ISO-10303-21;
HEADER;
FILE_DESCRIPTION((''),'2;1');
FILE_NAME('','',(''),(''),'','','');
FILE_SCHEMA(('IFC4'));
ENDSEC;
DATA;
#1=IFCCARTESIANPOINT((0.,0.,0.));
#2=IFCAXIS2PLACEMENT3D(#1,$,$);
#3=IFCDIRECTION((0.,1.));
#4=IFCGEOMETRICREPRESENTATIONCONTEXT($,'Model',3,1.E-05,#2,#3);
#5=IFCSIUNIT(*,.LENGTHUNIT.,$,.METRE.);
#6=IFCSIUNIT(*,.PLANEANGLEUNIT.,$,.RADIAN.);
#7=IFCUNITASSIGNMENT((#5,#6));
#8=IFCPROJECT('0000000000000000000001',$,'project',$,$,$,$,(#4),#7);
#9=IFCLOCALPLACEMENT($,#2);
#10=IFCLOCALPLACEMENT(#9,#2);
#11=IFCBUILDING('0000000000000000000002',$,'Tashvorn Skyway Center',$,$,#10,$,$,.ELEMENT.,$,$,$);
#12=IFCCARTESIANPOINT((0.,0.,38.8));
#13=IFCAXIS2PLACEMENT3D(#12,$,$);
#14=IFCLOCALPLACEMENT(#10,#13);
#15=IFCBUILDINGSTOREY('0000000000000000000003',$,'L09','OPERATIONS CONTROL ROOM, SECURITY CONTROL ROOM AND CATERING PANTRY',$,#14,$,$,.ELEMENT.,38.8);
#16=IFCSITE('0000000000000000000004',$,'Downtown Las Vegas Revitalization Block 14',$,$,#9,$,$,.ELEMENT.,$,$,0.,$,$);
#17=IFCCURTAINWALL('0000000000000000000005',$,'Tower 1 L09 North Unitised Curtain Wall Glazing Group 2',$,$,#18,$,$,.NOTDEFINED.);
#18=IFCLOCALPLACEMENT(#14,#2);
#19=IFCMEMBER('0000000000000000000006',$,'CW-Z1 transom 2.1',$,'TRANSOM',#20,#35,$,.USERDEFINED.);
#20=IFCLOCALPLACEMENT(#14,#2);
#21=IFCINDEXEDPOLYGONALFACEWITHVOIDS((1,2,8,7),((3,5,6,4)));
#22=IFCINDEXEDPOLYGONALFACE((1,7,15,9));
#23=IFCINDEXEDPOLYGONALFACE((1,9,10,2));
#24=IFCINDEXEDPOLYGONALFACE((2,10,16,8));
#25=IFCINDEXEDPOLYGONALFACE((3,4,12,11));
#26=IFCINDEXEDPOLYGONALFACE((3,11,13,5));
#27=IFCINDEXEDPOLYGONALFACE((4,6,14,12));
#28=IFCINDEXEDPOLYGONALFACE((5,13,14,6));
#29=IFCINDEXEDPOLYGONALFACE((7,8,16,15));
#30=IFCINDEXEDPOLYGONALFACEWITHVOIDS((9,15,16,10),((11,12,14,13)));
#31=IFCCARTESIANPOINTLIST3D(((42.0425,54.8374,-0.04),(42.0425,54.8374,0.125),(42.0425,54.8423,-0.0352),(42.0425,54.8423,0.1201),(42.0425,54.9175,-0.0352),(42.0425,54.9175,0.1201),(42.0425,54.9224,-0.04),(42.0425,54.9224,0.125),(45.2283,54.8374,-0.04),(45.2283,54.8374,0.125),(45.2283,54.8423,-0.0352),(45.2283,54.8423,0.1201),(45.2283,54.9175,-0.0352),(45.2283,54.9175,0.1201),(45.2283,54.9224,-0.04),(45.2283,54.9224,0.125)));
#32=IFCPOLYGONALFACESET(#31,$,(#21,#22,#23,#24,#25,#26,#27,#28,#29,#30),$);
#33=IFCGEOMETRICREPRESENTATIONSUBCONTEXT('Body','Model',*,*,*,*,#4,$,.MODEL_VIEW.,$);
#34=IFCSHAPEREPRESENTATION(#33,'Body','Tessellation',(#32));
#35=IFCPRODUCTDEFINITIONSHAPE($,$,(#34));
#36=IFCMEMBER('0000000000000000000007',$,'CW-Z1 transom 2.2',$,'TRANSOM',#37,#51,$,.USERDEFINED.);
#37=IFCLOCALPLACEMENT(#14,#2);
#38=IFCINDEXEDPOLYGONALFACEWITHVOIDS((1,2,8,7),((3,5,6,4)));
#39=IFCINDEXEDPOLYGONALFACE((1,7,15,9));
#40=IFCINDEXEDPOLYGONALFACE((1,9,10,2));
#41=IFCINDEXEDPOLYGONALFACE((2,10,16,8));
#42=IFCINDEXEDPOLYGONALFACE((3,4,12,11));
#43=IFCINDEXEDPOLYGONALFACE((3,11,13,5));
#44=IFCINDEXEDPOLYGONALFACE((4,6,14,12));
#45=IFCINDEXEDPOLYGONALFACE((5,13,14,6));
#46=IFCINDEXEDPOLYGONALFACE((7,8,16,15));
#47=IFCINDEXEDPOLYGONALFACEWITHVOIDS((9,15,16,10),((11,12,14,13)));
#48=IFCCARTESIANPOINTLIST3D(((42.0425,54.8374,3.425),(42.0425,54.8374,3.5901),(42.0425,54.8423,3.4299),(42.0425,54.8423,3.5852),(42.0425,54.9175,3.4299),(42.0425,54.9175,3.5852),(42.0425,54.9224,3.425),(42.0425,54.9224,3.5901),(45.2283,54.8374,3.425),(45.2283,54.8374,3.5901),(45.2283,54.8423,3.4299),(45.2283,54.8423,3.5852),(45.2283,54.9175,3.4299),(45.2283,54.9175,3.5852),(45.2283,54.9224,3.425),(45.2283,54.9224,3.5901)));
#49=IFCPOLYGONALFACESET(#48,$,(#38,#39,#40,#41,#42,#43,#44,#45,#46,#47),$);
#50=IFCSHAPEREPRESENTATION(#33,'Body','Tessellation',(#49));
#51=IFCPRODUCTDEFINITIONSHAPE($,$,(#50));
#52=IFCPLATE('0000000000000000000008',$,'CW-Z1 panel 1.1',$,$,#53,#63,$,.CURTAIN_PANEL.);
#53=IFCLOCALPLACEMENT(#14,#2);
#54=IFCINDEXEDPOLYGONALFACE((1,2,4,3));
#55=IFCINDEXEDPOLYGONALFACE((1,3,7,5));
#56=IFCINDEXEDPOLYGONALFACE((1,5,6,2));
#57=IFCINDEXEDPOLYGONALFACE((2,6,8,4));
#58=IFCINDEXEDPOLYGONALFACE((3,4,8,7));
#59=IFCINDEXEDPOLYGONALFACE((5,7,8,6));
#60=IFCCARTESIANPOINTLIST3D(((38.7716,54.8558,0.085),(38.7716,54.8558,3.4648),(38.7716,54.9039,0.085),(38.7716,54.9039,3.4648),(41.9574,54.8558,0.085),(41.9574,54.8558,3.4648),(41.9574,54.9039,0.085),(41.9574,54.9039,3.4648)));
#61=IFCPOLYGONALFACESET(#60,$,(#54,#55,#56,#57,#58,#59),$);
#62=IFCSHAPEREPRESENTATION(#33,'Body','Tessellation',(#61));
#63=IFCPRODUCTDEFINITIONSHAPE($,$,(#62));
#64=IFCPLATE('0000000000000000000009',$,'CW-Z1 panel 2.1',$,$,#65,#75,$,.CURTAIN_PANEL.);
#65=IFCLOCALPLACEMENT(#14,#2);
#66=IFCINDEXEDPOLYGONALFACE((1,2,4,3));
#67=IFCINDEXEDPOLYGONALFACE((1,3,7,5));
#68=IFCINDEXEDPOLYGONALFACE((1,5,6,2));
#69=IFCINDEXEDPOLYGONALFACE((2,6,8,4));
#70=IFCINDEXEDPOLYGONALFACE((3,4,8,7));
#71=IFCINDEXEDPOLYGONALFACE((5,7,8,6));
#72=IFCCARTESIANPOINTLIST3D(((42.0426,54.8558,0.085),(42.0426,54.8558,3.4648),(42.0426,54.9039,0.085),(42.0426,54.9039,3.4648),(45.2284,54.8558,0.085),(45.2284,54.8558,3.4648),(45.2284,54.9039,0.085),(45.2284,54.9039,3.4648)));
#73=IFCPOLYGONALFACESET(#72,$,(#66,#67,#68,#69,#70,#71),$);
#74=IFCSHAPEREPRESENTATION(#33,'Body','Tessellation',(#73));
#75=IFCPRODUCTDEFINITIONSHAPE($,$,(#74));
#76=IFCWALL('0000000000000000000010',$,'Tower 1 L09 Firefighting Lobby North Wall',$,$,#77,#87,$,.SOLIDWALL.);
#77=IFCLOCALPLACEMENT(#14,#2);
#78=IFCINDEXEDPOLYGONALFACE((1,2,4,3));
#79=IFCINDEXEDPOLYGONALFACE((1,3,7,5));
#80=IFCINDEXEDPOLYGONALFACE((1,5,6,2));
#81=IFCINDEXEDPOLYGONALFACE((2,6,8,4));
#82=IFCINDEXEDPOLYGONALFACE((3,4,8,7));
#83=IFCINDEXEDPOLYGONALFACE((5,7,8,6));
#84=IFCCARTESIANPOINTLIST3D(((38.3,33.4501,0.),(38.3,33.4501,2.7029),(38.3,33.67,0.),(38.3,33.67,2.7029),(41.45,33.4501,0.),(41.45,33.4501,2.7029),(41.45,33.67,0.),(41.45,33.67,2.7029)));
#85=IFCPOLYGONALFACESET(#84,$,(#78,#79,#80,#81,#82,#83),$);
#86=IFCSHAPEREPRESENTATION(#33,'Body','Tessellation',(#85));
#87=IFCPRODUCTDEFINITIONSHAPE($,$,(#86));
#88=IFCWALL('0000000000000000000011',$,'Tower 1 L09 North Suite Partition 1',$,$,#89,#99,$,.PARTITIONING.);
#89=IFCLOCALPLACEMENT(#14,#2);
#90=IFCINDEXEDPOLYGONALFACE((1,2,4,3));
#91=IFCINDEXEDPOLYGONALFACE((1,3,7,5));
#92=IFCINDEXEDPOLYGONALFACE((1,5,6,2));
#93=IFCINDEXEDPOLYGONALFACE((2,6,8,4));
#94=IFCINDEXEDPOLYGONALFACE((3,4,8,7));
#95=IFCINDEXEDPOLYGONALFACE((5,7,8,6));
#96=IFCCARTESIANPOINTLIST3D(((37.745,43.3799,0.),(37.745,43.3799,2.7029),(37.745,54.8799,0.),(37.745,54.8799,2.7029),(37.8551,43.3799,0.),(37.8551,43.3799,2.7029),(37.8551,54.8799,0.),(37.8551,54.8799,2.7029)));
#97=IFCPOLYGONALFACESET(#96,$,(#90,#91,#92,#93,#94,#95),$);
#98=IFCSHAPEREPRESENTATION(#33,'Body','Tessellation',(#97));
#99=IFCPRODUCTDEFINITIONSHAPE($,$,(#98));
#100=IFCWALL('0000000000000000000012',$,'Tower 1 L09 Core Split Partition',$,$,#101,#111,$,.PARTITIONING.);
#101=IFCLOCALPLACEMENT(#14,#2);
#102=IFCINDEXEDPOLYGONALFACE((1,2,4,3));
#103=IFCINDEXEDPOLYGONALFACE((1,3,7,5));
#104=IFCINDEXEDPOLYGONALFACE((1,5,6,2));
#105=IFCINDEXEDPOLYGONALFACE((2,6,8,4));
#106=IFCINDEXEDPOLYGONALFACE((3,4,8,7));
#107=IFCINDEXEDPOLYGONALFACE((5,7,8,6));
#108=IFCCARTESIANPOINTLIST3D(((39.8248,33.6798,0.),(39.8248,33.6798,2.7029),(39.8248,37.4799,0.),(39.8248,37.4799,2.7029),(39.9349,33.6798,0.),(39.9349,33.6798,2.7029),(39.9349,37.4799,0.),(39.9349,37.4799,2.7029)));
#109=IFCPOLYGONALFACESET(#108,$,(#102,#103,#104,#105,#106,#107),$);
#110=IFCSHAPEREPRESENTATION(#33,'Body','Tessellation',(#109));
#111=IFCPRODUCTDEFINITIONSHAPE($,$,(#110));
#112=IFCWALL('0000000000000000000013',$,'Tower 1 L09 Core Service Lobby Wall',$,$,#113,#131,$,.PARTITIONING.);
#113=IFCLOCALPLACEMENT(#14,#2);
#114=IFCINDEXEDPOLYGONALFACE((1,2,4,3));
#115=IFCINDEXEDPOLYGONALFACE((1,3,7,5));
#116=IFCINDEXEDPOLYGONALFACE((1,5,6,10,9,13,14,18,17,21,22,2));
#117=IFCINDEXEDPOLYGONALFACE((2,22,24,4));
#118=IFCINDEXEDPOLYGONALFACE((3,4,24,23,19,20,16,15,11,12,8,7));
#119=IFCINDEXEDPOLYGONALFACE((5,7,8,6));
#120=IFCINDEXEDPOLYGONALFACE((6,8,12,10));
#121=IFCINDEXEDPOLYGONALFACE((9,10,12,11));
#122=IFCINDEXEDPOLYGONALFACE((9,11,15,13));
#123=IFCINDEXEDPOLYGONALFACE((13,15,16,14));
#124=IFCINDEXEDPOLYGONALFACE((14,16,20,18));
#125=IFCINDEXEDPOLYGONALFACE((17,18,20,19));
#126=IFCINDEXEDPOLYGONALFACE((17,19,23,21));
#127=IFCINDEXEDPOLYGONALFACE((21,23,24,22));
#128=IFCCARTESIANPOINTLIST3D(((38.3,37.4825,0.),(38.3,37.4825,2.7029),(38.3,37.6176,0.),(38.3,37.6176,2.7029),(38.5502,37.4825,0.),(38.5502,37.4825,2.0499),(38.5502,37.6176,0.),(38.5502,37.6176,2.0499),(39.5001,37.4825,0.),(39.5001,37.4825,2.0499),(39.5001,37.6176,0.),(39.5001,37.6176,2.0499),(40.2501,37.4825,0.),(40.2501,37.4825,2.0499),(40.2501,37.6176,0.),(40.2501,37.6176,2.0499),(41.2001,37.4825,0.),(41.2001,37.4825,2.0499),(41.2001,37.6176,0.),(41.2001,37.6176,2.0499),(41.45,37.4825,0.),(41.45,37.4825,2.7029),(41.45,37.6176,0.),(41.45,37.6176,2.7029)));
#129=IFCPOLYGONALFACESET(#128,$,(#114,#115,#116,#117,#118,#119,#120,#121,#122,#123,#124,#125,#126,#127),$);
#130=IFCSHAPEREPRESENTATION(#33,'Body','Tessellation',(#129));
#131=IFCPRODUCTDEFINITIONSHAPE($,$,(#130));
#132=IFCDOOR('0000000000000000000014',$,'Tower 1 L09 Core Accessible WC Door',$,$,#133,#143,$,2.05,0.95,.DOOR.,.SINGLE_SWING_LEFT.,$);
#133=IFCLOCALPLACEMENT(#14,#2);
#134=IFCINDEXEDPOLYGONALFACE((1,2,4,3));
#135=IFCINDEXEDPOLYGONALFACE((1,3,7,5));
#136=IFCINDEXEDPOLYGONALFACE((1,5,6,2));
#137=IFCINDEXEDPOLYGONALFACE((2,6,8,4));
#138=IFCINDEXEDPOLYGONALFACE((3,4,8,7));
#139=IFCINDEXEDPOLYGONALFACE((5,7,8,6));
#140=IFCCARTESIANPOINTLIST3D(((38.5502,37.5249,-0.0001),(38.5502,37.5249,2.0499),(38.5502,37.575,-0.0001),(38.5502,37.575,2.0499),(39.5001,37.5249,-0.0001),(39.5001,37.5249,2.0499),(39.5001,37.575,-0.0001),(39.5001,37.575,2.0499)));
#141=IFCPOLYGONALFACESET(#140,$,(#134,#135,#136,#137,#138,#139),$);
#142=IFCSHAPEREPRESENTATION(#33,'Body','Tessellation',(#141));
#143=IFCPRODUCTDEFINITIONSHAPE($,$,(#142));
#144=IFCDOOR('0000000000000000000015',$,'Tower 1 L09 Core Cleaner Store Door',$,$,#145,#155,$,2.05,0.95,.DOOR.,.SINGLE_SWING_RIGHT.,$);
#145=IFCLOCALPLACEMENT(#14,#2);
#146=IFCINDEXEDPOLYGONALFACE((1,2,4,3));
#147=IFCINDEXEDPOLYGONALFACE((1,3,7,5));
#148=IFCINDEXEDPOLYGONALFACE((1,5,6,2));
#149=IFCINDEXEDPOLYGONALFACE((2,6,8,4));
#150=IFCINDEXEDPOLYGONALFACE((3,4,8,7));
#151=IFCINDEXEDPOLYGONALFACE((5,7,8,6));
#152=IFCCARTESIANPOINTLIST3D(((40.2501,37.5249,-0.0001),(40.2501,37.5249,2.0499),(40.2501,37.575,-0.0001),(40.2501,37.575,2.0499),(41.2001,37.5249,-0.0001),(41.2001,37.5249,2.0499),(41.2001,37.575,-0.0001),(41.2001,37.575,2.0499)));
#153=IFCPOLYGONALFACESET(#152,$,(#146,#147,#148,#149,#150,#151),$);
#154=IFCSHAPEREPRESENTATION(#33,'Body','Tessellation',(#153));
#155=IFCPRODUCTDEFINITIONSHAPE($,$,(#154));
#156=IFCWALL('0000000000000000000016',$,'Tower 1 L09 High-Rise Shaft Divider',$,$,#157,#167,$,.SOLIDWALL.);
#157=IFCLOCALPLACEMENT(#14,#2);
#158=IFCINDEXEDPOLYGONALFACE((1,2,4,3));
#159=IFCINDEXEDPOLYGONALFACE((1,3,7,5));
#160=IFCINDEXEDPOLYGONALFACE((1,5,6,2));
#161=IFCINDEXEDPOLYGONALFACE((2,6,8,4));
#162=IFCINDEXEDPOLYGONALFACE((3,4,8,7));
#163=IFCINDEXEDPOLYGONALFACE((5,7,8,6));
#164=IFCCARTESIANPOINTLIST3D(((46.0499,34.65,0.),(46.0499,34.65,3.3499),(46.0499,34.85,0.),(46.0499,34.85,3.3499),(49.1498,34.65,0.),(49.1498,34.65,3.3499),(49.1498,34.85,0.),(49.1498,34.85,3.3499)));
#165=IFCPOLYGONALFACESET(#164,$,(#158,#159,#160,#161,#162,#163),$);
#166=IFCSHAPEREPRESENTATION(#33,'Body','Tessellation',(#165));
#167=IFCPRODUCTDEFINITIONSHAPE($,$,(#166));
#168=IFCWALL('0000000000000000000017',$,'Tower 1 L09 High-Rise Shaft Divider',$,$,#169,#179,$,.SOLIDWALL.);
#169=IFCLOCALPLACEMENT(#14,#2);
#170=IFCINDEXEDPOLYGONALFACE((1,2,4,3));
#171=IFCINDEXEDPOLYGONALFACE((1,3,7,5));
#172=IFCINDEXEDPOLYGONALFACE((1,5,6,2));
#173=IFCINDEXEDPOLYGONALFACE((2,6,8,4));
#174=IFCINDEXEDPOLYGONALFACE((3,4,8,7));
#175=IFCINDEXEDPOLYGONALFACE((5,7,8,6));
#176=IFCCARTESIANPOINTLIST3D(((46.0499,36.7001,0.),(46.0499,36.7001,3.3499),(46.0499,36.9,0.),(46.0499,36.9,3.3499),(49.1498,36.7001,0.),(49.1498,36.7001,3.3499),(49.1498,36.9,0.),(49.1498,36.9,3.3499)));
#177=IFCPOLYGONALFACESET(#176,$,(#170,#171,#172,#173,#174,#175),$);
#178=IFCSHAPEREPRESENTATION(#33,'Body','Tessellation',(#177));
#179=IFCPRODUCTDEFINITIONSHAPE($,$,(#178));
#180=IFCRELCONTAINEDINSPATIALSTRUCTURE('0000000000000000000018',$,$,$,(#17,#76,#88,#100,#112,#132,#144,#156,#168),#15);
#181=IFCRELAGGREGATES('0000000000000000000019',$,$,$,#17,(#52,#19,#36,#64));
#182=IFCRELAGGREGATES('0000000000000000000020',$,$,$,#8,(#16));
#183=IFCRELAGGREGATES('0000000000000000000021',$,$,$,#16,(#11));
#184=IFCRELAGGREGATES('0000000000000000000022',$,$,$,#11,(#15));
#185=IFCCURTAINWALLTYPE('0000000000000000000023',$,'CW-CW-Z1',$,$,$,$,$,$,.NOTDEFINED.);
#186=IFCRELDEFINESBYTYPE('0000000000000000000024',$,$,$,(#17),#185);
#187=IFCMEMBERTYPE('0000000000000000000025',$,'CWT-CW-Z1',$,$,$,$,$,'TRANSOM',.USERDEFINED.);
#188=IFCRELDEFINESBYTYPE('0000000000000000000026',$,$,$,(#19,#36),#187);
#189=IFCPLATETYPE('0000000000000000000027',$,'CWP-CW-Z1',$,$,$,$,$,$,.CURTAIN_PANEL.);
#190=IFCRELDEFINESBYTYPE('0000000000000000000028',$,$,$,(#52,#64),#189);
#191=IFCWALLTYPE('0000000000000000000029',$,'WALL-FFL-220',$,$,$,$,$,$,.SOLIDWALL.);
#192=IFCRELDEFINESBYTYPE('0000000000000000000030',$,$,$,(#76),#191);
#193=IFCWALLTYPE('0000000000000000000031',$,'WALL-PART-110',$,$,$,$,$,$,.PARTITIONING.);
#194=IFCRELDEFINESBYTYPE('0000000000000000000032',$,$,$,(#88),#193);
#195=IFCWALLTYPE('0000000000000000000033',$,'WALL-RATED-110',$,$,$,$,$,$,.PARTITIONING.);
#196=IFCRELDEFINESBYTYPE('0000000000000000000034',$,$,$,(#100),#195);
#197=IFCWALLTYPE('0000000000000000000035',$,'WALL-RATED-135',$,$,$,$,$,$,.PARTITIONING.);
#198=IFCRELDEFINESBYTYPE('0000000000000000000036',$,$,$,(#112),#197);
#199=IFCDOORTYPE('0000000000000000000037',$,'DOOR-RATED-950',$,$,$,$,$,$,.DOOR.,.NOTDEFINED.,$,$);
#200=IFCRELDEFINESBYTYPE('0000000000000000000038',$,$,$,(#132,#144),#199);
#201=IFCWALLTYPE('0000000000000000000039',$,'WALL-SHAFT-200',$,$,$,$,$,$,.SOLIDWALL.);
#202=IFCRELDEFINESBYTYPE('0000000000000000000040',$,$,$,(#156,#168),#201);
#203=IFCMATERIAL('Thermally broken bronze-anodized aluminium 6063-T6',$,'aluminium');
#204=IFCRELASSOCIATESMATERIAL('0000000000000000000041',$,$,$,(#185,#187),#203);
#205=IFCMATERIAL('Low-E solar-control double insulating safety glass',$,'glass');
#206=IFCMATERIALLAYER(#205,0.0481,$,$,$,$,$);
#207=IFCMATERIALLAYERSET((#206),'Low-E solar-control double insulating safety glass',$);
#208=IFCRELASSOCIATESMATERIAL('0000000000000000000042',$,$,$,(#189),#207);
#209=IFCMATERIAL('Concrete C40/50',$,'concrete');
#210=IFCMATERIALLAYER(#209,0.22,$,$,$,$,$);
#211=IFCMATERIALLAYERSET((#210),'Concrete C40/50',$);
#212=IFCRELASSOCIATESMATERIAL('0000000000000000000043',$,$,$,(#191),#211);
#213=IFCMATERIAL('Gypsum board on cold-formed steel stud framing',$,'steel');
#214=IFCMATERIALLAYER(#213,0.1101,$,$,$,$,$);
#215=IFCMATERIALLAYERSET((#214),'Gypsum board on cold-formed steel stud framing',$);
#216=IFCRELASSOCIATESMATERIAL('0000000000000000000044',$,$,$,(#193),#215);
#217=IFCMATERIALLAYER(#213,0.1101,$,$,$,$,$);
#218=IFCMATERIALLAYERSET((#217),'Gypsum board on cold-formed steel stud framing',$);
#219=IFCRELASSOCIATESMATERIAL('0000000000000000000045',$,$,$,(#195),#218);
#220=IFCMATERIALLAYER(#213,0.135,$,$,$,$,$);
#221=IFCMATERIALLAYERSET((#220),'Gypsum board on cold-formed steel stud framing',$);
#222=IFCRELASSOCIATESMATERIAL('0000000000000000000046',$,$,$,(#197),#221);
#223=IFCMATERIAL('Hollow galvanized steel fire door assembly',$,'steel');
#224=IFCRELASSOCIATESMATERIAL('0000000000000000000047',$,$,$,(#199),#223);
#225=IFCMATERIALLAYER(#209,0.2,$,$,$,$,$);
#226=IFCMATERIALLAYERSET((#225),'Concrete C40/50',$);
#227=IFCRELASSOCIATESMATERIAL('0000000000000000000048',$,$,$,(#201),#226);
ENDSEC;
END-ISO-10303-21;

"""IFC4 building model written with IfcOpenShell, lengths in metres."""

from ifc_helpers import new_model, si_unit, direction, frame, frame_2d, origin, origin_2d, place, context, subcontext, project, spatial, rectangle, hollow_rectangle, extrude, material, layer, layer_set, material_profile, profile_set, type_object, element, fill, aggregate, save


model = new_model("IFC4")

# Units and contexts
model_context = context("Model", 3, precision=1e-05, world=origin(), true_north=direction((0.0, 1.0)))
body_context = subcontext(model_context, "Body", "Model", "MODEL_VIEW")
ifc_project = project(units=[si_unit("LENGTHUNIT", "METRE"), si_unit("PLANEANGLEUNIT", "RADIAN")], contexts=[model_context])

# Site, building, storey
site_placement = place(None, origin())
site = spatial("IfcSite", under=ifc_project, at=site_placement, Name="Downtown Las Vegas Revitalization Block 14", CompositionType="ELEMENT", RefElevation=0.0)
building_placement = place(site_placement, origin())
building = spatial("IfcBuilding", under=site, at=building_placement, Name="Tashvorn Skyway Center", CompositionType="ELEMENT")
storey_placement = place(building_placement, frame((0.0, 0.0, 38.8)))
storey = spatial("IfcBuildingStorey", under=building, at=storey_placement, Name="L09", Description="OPERATIONS CONTROL ROOM, SECURITY CONTROL ROOM AND CATERING PANTRY", CompositionType="ELEMENT", Elevation=38.8)

# Curtain wall, members, plates
ifc_material_1 = material(Name="Thermally broken bronze-anodized aluminium 6063-T6", Category="aluminium")
curtain_wall_type = type_object("IfcCurtainWallType", Name="CW-CW-Z1", PredefinedType="NOTDEFINED", material=ifc_material_1)
curtain_wall_placement = place(storey_placement, origin())
curtain_wall = element("IfcCurtainWall", 1, at=curtain_wall_placement, inside=storey, type_object=curtain_wall_type, Name="Tower 1 L09 North Unitised Curtain Wall Glazing Group 2", PredefinedType="NOTDEFINED")
ifc_material_profile_1 = material_profile(ifc_material_1, hollow_rectangle(XDim=0.085, YDim=0.165, WallThickness=0.0049, at=origin_2d()), Name="ALU-TRAN-85x165")
ifc_profile_set_1 = profile_set([ifc_material_profile_1], Name="Thermally broken bronze-anodized aluminium 6063-T6")
member_type_1 = type_object("IfcMemberType", Name="CWT-CW-Z1", ElementType="TRANSOM", PredefinedType="USERDEFINED", material=ifc_profile_set_1)
member_1_placement = place(storey_placement, frame((42.0425, 54.8799, 0.0425), z_axis=(1.0, 0.0, 0.0), x_axis=(0.0, 1.0, 0.0)))
member_1 = element("IfcMember", 2, at=member_1_placement, type_object=member_type_1, Name="CW-Z1 transom 2.1", ObjectType="TRANSOM", PredefinedType="USERDEFINED", context=body_context, shape_type="SweptSolid", body=[
    extrude(hollow_rectangle(XDim=0.085, YDim=0.165, WallThickness=0.0049, at=origin_2d()), origin(), (0.0, 0.0, 1.0), 3.1858),
])
member_2_placement = place(storey_placement, frame((42.0425, 54.8799, 3.5076), z_axis=(1.0, 0.0, 0.0), x_axis=(0.0, 1.0, 0.0)))
member_2 = element("IfcMember", 3, at=member_2_placement, type_object=member_type_1, Name="CW-Z1 transom 2.2", ObjectType="TRANSOM", PredefinedType="USERDEFINED", context=body_context, shape_type="SweptSolid", body=[
    extrude(hollow_rectangle(XDim=0.085, YDim=0.165, WallThickness=0.0049, at=origin_2d()), origin(), (0.0, 0.0, 1.0), 3.1858),
])
ifc_material_2 = material(Name="Low-E solar-control double insulating safety glass", Category="glass")
ifc_layer_1 = layer(ifc_material_2, 0.0481)
ifc_layer_set_1 = layer_set([ifc_layer_1], Name="Low-E solar-control double insulating safety glass")
plate_type = type_object("IfcPlateType", Name="CWP-CW-Z1", PredefinedType="CURTAIN_PANEL", material=ifc_layer_set_1)
plate_1_placement = place(storey_placement, frame((40.3645, 54.8799, 0.085), z_axis=(0.0, 0.0, 1.0), x_axis=(1.0, 0.0, 0.0)))
plate_1 = element("IfcPlate", 4, at=plate_1_placement, type_object=plate_type, Name="CW-Z1 panel 1.1", PredefinedType="CURTAIN_PANEL", context=body_context, shape_type="SweptSolid", body=[
    extrude(rectangle(XDim=3.1858, YDim=0.0481, at=origin_2d()), origin(), (0.0, 0.0, 1.0), 3.3799),
])
plate_2_placement = place(storey_placement, frame((43.6355, 54.8799, 0.085), z_axis=(0.0, 0.0, 1.0), x_axis=(1.0, 0.0, 0.0)))
plate_2 = element("IfcPlate", 5, at=plate_2_placement, type_object=plate_type, Name="CW-Z1 panel 2.1", PredefinedType="CURTAIN_PANEL", context=body_context, shape_type="SweptSolid", body=[
    extrude(rectangle(XDim=3.1858, YDim=0.0481, at=origin_2d()), origin(), (0.0, 0.0, 1.0), 3.3799),
])
aggregate(curtain_wall, [plate_1, member_1, member_2, plate_2])

# Walls
ifc_material_3 = material(Name="Concrete C40/50", Category="concrete")
ifc_layer_2 = layer(ifc_material_3, 0.22)
ifc_layer_set_2 = layer_set([ifc_layer_2], Name="Concrete C40/50")
wall_type_1 = type_object("IfcWallType", Name="WALL-FFL-220", PredefinedType="SOLIDWALL", material=ifc_layer_set_2)
wall_1_placement = place(storey_placement, frame((38.3, 33.5601, 0.0), z_axis=(0.0, 0.0, 1.0), x_axis=(1.0, 0.0, 0.0)))
element("IfcWall", 6, at=wall_1_placement, inside=storey, type_object=wall_type_1, Name="Tower 1 L09 Firefighting Lobby North Wall", PredefinedType="SOLIDWALL", context=body_context, shape_type="SweptSolid", body=[
    extrude(rectangle(XDim=3.1499, YDim=0.22, at=frame_2d((1.575, 0.0))), origin(), (0.0, 0.0, 1.0), 2.7029),
])
ifc_material_4 = material(Name="Gypsum board on cold-formed steel stud framing", Category="steel")
ifc_layer_3 = layer(ifc_material_4, 0.1101)
ifc_layer_set_3 = layer_set([ifc_layer_3], Name="Gypsum board on cold-formed steel stud framing")
wall_type_2 = type_object("IfcWallType", Name="WALL-PART-110", PredefinedType="PARTITIONING", material=ifc_layer_set_3)
wall_2_placement = place(storey_placement, frame((37.8, 43.3799, 0.0), z_axis=(0.0, 0.0, 1.0), x_axis=(0.0, 1.0, 0.0)))
element("IfcWall", 7, at=wall_2_placement, inside=storey, type_object=wall_type_2, Name="Tower 1 L09 North Suite Partition 1", PredefinedType="PARTITIONING", context=body_context, shape_type="SweptSolid", body=[
    extrude(rectangle(XDim=11.5, YDim=0.1101, at=frame_2d((5.75, 0.0))), origin(), (0.0, 0.0, 1.0), 2.7029),
])
ifc_layer_4 = layer(ifc_material_4, 0.1101)
ifc_layer_set_4 = layer_set([ifc_layer_4], Name="Gypsum board on cold-formed steel stud framing")
wall_type_3 = type_object("IfcWallType", Name="WALL-RATED-110", PredefinedType="PARTITIONING", material=ifc_layer_set_4)
wall_3_placement = place(storey_placement, frame((39.8799, 33.6799, 0.0), z_axis=(0.0, 0.0, 1.0), x_axis=(0.0, 1.0, 0.0)))
element("IfcWall", 8, at=wall_3_placement, inside=storey, type_object=wall_type_3, Name="Tower 1 L09 Core Split Partition", PredefinedType="PARTITIONING", context=body_context, shape_type="SweptSolid", body=[
    extrude(rectangle(XDim=3.8, YDim=0.1101, at=frame_2d((1.8999, 0.0))), origin(), (0.0, 0.0, 1.0), 2.7029),
])

# Wall, openings, doors
ifc_layer_5 = layer(ifc_material_4, 0.135)
ifc_layer_set_5 = layer_set([ifc_layer_5], Name="Gypsum board on cold-formed steel stud framing")
wall_type_4 = type_object("IfcWallType", Name="WALL-RATED-135", PredefinedType="PARTITIONING", material=ifc_layer_set_5)
wall_4_placement = place(storey_placement, frame((38.3, 37.55, 0.0), z_axis=(0.0, 0.0, 1.0), x_axis=(1.0, 0.0, 0.0)))
wall_4 = element("IfcWall", 9, at=wall_4_placement, inside=storey, type_object=wall_type_4, Name="Tower 1 L09 Core Service Lobby Wall", PredefinedType="PARTITIONING", context=body_context, shape_type="SweptSolid", body=[
    extrude(rectangle(XDim=3.1499, YDim=0.135, at=frame_2d((1.575, 0.0))), origin(), (0.0, 0.0, 1.0), 2.7029),
])
opening_1_placement = place(wall_4_placement, frame((0.25, 0.0, 0.0)))
opening_1 = element("IfcOpeningElement", 10, at=opening_1_placement, cuts=wall_4, PredefinedType="OPENING", context=body_context, shape_type="SweptSolid", body=[
    extrude(rectangle(XDim=0.95, YDim=2.05, at=frame_2d((0.4751, 1.0249))), frame((0.0, 0.0774, 0.0), z_axis=(0.0, -1.0, 0.0), x_axis=(1.0, 0.0, 0.0)), (0.0, 0.0, 1.0), 0.155),
])
opening_2_placement = place(wall_4_placement, frame((1.95, 0.0, 0.0)))
opening_2 = element("IfcOpeningElement", 11, at=opening_2_placement, cuts=wall_4, PredefinedType="OPENING", context=body_context, shape_type="SweptSolid", body=[
    extrude(rectangle(XDim=0.95, YDim=2.05, at=frame_2d((0.4751, 1.0249))), frame((0.0, 0.0774, 0.0), z_axis=(0.0, -1.0, 0.0), x_axis=(1.0, 0.0, 0.0)), (0.0, 0.0, 1.0), 0.155),
])
ifc_material_5 = material(Name="Hollow galvanized steel fire door assembly", Category="steel")
door_type_1 = type_object("IfcDoorType", Name="DOOR-RATED-950", OperationType="NOTDEFINED", PredefinedType="DOOR", material=ifc_material_5)
door_1_placement = place(opening_1_placement, origin())
door_1 = element("IfcDoor", 12, at=door_1_placement, inside=storey, type_object=door_type_1, Name="Tower 1 L09 Core Accessible WC Door", OperationType="SINGLE_SWING_LEFT", OverallHeight=2.05, OverallWidth=0.95, PredefinedType="DOOR", context=body_context, shape_type="SweptSolid", body=[
    extrude(rectangle(XDim=0.95, YDim=2.05, at=frame_2d((0.4751, 1.0249))), frame((0.0, 0.0249, 0.0), z_axis=(0.0, -1.0, 0.0), x_axis=(1.0, 0.0, 0.0)), (0.0, 0.0, 1.0), 0.05),
])
fill(opening_1, door_1)
door_2_placement = place(opening_2_placement, origin())
door_2 = element("IfcDoor", 13, at=door_2_placement, inside=storey, type_object=door_type_1, Name="Tower 1 L09 Core Cleaner Store Door", OperationType="SINGLE_SWING_RIGHT", OverallHeight=2.05, OverallWidth=0.95, PredefinedType="DOOR", context=body_context, shape_type="SweptSolid", body=[
    extrude(rectangle(XDim=0.95, YDim=2.05, at=frame_2d((0.4751, 1.0249))), frame((0.0, 0.0249, 0.0), z_axis=(0.0, -1.0, 0.0), x_axis=(1.0, 0.0, 0.0)), (0.0, 0.0, 1.0), 0.05),
])
fill(opening_2, door_2)

# Walls
ifc_layer_6 = layer(ifc_material_3, 0.2)
ifc_layer_set_6 = layer_set([ifc_layer_6], Name="Concrete C40/50")
wall_type_5 = type_object("IfcWallType", Name="WALL-SHAFT-200", PredefinedType="SOLIDWALL", material=ifc_layer_set_6)
for number, where, z_axis, x_axis, name in (
    (14, (46.05, 34.75, 0.0), (0.0, 0.0, 1.0), (1.0, 0.0, 0.0), "Tower 1 L09 High-Rise Shaft Divider"),
    (15, (46.05, 36.8, 0.0), (0.0, 0.0, 1.0), (1.0, 0.0, 0.0), "Tower 1 L09 High-Rise Shaft Divider"),
):
    element("IfcWall", number, at=place(storey_placement, frame(where, z_axis=z_axis, x_axis=x_axis)), inside=storey, type_object=wall_type_5, Name=name, PredefinedType="SOLIDWALL", context=body_context, shape_type="SweptSolid", body=[
        extrude(rectangle(XDim=3.0999, YDim=0.2, at=frame_2d((1.5498, 0.0))), origin(), (0.0, 0.0, 1.0), 3.3499),
    ])

save(model, "model.ifc")
